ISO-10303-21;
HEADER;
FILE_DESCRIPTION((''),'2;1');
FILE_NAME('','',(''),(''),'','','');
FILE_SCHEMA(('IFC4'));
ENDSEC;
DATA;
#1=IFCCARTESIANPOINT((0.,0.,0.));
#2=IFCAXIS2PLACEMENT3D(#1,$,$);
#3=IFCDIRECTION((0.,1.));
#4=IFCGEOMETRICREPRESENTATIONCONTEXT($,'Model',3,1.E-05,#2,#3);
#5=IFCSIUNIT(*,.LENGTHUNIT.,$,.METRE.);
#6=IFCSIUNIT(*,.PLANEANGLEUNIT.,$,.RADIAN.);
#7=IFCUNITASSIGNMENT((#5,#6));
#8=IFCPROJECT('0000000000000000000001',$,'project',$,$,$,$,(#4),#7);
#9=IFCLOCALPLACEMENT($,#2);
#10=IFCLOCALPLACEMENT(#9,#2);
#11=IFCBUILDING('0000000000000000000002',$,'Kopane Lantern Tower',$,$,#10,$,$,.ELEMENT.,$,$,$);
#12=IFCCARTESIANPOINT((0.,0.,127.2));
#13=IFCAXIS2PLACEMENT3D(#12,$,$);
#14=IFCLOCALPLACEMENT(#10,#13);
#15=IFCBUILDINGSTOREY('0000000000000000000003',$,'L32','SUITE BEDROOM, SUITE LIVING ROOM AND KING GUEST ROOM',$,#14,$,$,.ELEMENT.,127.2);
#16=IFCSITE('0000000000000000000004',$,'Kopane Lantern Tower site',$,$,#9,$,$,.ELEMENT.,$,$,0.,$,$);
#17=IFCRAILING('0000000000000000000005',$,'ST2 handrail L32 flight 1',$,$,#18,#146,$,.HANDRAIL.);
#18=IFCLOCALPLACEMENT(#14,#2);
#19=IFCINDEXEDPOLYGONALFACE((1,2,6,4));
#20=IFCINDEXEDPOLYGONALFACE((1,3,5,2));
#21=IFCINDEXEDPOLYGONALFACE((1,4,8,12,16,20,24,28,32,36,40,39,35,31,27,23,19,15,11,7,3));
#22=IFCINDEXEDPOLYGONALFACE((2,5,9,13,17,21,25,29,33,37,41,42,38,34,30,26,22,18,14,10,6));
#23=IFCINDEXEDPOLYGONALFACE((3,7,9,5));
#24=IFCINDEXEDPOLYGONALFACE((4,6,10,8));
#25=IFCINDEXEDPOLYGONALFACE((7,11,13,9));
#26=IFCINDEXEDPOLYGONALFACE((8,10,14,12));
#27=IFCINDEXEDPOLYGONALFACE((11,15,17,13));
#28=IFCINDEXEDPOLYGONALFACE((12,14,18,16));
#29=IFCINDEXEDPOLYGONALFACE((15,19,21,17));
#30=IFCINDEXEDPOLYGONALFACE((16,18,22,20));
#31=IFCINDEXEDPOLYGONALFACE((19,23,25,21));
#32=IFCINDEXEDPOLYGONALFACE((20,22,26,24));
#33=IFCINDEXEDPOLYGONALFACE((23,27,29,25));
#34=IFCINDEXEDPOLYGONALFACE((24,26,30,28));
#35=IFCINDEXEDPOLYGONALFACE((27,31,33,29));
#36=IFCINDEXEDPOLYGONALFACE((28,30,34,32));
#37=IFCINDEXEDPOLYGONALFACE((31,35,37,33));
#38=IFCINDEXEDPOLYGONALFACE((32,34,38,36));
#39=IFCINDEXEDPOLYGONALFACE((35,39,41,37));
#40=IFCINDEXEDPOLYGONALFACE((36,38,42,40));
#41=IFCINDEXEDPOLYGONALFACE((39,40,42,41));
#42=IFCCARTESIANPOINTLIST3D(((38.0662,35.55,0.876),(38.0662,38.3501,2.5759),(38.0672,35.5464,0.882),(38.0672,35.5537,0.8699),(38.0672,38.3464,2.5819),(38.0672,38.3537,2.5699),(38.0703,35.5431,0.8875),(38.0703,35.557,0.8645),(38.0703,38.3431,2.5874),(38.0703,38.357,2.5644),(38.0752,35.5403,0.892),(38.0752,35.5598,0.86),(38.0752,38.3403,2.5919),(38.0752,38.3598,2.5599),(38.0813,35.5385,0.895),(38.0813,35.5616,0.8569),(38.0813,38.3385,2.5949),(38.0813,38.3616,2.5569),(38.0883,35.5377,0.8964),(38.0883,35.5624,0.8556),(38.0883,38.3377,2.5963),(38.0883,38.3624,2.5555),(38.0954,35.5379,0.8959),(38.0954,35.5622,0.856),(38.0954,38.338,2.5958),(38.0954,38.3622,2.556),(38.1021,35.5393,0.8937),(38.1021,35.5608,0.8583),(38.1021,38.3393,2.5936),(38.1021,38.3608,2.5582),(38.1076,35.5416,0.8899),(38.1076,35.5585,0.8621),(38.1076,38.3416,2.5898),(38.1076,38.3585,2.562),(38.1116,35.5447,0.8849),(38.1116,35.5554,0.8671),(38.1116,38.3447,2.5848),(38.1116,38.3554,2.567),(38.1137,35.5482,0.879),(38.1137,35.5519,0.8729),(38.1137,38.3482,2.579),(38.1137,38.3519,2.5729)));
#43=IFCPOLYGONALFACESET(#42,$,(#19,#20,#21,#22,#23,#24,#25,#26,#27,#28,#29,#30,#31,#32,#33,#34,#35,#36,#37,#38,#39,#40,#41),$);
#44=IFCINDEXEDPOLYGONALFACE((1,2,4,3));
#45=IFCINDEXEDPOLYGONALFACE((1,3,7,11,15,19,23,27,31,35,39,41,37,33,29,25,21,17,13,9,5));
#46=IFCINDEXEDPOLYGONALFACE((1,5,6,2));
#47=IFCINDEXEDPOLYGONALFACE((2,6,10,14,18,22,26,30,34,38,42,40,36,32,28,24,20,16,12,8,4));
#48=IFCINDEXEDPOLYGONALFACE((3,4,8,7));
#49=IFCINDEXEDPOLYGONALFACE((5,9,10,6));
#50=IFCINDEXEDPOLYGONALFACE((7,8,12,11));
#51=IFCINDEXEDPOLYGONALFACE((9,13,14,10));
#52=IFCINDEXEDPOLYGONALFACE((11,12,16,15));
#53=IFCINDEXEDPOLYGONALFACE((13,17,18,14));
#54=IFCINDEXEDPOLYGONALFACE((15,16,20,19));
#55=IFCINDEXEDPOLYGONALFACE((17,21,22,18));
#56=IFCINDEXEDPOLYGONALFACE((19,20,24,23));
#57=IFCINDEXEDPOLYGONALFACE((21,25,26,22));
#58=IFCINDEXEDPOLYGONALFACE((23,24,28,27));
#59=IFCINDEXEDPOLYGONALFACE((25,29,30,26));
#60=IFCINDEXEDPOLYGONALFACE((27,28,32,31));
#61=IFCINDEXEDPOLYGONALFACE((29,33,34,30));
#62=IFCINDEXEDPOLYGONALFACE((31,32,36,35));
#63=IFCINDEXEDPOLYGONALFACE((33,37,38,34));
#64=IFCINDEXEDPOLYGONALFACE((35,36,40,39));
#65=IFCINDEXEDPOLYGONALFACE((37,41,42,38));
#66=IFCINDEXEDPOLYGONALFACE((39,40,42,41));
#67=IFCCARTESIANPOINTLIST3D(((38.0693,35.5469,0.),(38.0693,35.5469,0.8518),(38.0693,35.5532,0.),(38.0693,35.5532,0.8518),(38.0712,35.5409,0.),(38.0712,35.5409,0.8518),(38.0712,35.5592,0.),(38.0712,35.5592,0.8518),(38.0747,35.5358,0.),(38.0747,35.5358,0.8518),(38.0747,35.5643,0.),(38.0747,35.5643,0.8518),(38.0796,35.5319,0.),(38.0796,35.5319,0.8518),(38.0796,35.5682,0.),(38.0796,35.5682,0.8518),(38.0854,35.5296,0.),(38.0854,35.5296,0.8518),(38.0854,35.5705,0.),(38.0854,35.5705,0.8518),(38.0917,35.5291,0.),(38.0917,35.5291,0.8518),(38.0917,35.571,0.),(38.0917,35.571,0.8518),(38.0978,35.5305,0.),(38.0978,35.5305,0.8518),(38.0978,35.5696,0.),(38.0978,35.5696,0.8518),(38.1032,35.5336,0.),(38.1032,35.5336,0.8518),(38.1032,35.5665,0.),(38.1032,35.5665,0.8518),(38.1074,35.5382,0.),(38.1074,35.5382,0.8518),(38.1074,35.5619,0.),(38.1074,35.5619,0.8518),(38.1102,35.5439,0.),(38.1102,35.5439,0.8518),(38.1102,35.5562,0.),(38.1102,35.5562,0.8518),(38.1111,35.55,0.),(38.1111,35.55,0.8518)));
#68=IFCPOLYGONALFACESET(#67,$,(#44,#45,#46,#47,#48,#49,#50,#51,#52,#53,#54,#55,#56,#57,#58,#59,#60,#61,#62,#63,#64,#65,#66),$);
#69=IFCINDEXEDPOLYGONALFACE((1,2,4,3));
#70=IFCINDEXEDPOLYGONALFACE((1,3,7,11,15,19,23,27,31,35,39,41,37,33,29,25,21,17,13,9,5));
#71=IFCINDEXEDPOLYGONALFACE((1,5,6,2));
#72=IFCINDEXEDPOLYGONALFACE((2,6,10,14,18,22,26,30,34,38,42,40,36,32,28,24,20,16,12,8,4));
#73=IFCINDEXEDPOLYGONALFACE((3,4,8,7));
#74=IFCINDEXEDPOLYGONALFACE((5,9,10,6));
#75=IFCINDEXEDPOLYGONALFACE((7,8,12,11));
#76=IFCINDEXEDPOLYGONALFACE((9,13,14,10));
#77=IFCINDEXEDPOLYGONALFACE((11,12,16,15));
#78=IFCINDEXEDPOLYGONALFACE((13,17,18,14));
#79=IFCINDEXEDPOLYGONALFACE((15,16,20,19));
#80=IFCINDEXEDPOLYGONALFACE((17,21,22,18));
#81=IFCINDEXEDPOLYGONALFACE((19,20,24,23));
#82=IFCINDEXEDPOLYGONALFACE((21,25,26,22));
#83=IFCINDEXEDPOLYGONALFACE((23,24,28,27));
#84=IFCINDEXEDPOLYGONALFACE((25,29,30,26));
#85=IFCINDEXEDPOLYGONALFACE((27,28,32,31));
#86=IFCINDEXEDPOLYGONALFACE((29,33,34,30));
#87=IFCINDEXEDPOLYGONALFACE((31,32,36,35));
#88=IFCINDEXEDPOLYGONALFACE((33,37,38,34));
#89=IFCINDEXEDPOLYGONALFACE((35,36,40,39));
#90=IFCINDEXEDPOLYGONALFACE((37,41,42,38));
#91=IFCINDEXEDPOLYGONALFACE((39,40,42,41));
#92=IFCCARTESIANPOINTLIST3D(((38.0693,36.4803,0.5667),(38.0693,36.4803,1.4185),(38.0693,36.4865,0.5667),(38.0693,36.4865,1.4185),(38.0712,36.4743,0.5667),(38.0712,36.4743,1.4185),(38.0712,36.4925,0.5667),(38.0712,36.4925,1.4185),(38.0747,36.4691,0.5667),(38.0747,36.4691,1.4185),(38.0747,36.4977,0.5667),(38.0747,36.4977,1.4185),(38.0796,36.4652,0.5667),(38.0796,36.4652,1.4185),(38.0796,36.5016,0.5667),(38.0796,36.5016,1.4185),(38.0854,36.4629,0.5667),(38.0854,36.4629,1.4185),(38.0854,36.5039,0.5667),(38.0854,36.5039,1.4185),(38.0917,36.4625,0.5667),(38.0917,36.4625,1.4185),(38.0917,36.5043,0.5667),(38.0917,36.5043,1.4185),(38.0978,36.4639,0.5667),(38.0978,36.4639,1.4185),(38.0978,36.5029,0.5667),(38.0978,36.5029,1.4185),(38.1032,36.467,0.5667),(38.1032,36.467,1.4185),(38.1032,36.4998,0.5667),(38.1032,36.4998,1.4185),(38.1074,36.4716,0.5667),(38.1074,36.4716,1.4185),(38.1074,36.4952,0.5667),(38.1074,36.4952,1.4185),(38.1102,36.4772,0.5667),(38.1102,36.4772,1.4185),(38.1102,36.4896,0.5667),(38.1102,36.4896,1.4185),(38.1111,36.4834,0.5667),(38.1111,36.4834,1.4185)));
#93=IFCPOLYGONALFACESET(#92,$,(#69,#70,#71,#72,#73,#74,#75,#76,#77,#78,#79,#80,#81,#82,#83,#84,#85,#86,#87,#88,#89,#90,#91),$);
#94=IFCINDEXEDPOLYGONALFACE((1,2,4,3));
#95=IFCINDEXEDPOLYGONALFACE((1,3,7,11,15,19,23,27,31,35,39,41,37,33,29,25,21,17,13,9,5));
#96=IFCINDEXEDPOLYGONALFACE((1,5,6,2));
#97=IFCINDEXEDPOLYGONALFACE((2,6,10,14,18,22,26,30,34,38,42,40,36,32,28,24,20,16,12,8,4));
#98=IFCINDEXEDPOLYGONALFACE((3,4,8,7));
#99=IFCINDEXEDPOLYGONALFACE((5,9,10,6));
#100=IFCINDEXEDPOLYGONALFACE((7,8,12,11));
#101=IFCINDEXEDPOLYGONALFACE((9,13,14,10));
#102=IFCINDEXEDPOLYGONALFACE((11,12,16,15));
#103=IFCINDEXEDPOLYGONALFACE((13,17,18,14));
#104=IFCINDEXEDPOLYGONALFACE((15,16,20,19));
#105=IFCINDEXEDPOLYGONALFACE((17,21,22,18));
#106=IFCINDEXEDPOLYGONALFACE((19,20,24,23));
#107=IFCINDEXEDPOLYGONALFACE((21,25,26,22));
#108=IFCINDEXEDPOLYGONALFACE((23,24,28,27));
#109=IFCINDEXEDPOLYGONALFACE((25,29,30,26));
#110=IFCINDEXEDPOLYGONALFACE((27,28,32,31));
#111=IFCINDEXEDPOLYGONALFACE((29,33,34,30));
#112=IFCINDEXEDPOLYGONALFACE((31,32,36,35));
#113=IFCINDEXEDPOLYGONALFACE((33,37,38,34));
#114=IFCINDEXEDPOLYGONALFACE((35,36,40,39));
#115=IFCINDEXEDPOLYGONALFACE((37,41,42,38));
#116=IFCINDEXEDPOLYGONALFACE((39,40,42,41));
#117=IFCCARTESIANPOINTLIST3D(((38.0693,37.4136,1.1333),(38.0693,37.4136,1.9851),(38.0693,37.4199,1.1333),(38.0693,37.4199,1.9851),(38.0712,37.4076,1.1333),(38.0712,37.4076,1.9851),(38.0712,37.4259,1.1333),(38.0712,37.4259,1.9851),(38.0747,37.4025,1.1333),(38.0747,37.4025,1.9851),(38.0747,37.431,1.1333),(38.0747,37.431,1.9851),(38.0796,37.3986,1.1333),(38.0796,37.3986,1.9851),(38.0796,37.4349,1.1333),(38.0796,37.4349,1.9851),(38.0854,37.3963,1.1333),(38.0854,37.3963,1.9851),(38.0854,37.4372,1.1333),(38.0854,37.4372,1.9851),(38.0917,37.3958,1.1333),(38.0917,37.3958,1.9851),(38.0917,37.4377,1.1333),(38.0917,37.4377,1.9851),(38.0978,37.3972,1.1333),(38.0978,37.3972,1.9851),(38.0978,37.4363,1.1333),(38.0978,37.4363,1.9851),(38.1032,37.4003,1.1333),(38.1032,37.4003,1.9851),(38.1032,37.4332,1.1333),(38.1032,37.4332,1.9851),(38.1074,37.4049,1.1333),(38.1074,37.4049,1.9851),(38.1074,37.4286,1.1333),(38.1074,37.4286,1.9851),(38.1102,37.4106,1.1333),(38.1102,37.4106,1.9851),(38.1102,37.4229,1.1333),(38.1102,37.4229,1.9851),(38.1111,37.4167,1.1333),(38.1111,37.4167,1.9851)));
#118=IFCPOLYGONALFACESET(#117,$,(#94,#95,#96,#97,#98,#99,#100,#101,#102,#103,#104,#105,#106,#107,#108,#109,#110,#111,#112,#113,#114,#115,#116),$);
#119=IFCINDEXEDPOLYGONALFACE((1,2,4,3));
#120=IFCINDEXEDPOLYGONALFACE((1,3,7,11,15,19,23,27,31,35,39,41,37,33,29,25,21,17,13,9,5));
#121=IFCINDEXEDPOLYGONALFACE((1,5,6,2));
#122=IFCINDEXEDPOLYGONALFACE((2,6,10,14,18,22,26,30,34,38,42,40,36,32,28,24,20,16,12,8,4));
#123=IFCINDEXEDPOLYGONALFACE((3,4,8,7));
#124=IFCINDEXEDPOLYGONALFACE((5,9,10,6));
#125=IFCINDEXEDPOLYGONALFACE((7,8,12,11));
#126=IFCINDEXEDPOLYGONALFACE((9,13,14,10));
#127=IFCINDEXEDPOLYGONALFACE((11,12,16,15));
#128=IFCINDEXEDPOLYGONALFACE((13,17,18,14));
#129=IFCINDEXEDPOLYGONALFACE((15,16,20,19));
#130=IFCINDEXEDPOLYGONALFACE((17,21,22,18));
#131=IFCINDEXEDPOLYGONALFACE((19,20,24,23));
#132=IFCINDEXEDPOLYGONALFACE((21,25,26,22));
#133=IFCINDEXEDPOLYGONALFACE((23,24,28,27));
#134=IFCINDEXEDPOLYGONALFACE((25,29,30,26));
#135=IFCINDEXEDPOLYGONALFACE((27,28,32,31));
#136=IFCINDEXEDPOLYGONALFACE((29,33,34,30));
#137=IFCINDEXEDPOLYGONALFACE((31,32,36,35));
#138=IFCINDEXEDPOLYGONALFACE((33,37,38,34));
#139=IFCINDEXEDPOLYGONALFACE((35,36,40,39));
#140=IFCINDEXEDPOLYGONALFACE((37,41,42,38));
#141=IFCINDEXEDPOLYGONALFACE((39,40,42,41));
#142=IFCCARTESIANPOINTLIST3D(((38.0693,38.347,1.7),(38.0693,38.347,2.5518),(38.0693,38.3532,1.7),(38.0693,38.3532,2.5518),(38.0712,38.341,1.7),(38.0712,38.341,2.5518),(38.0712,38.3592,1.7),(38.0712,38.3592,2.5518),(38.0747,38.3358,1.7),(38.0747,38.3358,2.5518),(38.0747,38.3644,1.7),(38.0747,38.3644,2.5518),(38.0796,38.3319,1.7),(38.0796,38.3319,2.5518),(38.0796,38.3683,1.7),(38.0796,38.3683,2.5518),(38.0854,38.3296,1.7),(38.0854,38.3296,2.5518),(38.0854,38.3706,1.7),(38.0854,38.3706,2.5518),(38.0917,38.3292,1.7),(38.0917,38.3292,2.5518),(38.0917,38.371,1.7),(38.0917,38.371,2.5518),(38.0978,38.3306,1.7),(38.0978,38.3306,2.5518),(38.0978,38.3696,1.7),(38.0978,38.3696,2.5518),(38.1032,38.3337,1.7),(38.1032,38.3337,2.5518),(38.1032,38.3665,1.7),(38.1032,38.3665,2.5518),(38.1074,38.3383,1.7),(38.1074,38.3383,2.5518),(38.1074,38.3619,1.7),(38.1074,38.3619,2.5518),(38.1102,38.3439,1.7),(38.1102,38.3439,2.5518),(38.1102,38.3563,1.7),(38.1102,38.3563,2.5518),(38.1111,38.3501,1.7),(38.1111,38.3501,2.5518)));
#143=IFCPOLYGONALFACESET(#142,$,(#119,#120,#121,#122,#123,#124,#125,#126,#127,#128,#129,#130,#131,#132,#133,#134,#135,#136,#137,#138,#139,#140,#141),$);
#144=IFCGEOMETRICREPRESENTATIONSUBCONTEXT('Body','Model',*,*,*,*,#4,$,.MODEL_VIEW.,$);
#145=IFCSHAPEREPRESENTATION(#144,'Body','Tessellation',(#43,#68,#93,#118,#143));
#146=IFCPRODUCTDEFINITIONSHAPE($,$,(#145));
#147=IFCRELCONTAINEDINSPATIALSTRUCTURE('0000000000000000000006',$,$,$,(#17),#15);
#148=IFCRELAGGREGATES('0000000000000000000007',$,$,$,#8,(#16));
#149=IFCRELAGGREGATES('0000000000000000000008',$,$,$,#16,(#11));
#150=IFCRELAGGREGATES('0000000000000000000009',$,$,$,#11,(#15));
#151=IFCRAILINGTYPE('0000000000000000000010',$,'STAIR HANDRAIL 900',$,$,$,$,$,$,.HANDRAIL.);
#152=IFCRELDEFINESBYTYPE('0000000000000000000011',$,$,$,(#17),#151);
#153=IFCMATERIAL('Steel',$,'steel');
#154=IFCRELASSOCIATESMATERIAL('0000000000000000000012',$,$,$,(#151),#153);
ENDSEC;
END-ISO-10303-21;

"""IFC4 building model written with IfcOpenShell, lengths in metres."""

from ifc_helpers import new_model, si_unit, direction, frame, origin, origin_2d, place, context, subcontext, project, spatial, circle, extrude, material, type_object, element, save


model = new_model("IFC4")

# Units and contexts
model_context = context("Model", 3, precision=1e-05, world=origin(), true_north=direction((0.0, 1.0)))
body_context = subcontext(model_context, "Body", "Model", "MODEL_VIEW")
ifc_project = project(units=[si_unit("LENGTHUNIT", "METRE"), si_unit("PLANEANGLEUNIT", "RADIAN")], contexts=[model_context])

# Site, building, storey
site_placement = place(None, origin())
site = spatial("IfcSite", under=ifc_project, at=site_placement, Name="Kopane Lantern Tower site", CompositionType="ELEMENT", RefElevation=0.0)
building_placement = place(site_placement, origin())
building = spatial("IfcBuilding", under=site, at=building_placement, Name="Kopane Lantern Tower", CompositionType="ELEMENT")
storey_placement = place(building_placement, frame((0.0, 0.0, 127.2)))
storey = spatial("IfcBuildingStorey", under=building, at=storey_placement, Name="L32", Description="SUITE BEDROOM, SUITE LIVING ROOM AND KING GUEST ROOM", CompositionType="ELEMENT", Elevation=127.2)

# Railing
ifc_material_1 = material(Name="Steel", Category="steel")
railing_type_1 = type_object("IfcRailingType", Name="STAIR HANDRAIL 900", PredefinedType="HANDRAIL", material=ifc_material_1)
for number, where, name in (
    (1, (38.0901, 35.55, 0.0), "ST2 handrail L32 flight 1"),
):
    element("IfcRailing", number, at=place(storey_placement, frame(where)), inside=storey, type_object=railing_type_1, Name=name, PredefinedType="HANDRAIL", context=body_context, shape_type="SweptSolid", body=[
        extrude(circle(Radius=0.0239, at=origin_2d()), frame((0.0, 0.0, 0.876), z_axis=(0.0, 0.854798, 0.518961), x_axis=(-1.0, 0.0, 0.0)), (0.0, 0.0, 1.0), 3.2756),
        extrude(circle(Radius=0.021, at=origin_2d()), origin(), (0.0, 0.0, 1.0), 0.8518),
        extrude(circle(Radius=0.021, at=origin_2d()), frame((0.0, 0.9333, 0.5667)), (0.0, 0.0, 1.0), 0.8518),
        extrude(circle(Radius=0.021, at=origin_2d()), frame((0.0, 1.8667, 1.1333)), (0.0, 0.0, 1.0), 0.8518),
        extrude(circle(Radius=0.021, at=origin_2d()), frame((0.0, 2.8, 1.7)), (0.0, 0.0, 1.0), 0.8518),
    ])

save(model, "model.ifc")
